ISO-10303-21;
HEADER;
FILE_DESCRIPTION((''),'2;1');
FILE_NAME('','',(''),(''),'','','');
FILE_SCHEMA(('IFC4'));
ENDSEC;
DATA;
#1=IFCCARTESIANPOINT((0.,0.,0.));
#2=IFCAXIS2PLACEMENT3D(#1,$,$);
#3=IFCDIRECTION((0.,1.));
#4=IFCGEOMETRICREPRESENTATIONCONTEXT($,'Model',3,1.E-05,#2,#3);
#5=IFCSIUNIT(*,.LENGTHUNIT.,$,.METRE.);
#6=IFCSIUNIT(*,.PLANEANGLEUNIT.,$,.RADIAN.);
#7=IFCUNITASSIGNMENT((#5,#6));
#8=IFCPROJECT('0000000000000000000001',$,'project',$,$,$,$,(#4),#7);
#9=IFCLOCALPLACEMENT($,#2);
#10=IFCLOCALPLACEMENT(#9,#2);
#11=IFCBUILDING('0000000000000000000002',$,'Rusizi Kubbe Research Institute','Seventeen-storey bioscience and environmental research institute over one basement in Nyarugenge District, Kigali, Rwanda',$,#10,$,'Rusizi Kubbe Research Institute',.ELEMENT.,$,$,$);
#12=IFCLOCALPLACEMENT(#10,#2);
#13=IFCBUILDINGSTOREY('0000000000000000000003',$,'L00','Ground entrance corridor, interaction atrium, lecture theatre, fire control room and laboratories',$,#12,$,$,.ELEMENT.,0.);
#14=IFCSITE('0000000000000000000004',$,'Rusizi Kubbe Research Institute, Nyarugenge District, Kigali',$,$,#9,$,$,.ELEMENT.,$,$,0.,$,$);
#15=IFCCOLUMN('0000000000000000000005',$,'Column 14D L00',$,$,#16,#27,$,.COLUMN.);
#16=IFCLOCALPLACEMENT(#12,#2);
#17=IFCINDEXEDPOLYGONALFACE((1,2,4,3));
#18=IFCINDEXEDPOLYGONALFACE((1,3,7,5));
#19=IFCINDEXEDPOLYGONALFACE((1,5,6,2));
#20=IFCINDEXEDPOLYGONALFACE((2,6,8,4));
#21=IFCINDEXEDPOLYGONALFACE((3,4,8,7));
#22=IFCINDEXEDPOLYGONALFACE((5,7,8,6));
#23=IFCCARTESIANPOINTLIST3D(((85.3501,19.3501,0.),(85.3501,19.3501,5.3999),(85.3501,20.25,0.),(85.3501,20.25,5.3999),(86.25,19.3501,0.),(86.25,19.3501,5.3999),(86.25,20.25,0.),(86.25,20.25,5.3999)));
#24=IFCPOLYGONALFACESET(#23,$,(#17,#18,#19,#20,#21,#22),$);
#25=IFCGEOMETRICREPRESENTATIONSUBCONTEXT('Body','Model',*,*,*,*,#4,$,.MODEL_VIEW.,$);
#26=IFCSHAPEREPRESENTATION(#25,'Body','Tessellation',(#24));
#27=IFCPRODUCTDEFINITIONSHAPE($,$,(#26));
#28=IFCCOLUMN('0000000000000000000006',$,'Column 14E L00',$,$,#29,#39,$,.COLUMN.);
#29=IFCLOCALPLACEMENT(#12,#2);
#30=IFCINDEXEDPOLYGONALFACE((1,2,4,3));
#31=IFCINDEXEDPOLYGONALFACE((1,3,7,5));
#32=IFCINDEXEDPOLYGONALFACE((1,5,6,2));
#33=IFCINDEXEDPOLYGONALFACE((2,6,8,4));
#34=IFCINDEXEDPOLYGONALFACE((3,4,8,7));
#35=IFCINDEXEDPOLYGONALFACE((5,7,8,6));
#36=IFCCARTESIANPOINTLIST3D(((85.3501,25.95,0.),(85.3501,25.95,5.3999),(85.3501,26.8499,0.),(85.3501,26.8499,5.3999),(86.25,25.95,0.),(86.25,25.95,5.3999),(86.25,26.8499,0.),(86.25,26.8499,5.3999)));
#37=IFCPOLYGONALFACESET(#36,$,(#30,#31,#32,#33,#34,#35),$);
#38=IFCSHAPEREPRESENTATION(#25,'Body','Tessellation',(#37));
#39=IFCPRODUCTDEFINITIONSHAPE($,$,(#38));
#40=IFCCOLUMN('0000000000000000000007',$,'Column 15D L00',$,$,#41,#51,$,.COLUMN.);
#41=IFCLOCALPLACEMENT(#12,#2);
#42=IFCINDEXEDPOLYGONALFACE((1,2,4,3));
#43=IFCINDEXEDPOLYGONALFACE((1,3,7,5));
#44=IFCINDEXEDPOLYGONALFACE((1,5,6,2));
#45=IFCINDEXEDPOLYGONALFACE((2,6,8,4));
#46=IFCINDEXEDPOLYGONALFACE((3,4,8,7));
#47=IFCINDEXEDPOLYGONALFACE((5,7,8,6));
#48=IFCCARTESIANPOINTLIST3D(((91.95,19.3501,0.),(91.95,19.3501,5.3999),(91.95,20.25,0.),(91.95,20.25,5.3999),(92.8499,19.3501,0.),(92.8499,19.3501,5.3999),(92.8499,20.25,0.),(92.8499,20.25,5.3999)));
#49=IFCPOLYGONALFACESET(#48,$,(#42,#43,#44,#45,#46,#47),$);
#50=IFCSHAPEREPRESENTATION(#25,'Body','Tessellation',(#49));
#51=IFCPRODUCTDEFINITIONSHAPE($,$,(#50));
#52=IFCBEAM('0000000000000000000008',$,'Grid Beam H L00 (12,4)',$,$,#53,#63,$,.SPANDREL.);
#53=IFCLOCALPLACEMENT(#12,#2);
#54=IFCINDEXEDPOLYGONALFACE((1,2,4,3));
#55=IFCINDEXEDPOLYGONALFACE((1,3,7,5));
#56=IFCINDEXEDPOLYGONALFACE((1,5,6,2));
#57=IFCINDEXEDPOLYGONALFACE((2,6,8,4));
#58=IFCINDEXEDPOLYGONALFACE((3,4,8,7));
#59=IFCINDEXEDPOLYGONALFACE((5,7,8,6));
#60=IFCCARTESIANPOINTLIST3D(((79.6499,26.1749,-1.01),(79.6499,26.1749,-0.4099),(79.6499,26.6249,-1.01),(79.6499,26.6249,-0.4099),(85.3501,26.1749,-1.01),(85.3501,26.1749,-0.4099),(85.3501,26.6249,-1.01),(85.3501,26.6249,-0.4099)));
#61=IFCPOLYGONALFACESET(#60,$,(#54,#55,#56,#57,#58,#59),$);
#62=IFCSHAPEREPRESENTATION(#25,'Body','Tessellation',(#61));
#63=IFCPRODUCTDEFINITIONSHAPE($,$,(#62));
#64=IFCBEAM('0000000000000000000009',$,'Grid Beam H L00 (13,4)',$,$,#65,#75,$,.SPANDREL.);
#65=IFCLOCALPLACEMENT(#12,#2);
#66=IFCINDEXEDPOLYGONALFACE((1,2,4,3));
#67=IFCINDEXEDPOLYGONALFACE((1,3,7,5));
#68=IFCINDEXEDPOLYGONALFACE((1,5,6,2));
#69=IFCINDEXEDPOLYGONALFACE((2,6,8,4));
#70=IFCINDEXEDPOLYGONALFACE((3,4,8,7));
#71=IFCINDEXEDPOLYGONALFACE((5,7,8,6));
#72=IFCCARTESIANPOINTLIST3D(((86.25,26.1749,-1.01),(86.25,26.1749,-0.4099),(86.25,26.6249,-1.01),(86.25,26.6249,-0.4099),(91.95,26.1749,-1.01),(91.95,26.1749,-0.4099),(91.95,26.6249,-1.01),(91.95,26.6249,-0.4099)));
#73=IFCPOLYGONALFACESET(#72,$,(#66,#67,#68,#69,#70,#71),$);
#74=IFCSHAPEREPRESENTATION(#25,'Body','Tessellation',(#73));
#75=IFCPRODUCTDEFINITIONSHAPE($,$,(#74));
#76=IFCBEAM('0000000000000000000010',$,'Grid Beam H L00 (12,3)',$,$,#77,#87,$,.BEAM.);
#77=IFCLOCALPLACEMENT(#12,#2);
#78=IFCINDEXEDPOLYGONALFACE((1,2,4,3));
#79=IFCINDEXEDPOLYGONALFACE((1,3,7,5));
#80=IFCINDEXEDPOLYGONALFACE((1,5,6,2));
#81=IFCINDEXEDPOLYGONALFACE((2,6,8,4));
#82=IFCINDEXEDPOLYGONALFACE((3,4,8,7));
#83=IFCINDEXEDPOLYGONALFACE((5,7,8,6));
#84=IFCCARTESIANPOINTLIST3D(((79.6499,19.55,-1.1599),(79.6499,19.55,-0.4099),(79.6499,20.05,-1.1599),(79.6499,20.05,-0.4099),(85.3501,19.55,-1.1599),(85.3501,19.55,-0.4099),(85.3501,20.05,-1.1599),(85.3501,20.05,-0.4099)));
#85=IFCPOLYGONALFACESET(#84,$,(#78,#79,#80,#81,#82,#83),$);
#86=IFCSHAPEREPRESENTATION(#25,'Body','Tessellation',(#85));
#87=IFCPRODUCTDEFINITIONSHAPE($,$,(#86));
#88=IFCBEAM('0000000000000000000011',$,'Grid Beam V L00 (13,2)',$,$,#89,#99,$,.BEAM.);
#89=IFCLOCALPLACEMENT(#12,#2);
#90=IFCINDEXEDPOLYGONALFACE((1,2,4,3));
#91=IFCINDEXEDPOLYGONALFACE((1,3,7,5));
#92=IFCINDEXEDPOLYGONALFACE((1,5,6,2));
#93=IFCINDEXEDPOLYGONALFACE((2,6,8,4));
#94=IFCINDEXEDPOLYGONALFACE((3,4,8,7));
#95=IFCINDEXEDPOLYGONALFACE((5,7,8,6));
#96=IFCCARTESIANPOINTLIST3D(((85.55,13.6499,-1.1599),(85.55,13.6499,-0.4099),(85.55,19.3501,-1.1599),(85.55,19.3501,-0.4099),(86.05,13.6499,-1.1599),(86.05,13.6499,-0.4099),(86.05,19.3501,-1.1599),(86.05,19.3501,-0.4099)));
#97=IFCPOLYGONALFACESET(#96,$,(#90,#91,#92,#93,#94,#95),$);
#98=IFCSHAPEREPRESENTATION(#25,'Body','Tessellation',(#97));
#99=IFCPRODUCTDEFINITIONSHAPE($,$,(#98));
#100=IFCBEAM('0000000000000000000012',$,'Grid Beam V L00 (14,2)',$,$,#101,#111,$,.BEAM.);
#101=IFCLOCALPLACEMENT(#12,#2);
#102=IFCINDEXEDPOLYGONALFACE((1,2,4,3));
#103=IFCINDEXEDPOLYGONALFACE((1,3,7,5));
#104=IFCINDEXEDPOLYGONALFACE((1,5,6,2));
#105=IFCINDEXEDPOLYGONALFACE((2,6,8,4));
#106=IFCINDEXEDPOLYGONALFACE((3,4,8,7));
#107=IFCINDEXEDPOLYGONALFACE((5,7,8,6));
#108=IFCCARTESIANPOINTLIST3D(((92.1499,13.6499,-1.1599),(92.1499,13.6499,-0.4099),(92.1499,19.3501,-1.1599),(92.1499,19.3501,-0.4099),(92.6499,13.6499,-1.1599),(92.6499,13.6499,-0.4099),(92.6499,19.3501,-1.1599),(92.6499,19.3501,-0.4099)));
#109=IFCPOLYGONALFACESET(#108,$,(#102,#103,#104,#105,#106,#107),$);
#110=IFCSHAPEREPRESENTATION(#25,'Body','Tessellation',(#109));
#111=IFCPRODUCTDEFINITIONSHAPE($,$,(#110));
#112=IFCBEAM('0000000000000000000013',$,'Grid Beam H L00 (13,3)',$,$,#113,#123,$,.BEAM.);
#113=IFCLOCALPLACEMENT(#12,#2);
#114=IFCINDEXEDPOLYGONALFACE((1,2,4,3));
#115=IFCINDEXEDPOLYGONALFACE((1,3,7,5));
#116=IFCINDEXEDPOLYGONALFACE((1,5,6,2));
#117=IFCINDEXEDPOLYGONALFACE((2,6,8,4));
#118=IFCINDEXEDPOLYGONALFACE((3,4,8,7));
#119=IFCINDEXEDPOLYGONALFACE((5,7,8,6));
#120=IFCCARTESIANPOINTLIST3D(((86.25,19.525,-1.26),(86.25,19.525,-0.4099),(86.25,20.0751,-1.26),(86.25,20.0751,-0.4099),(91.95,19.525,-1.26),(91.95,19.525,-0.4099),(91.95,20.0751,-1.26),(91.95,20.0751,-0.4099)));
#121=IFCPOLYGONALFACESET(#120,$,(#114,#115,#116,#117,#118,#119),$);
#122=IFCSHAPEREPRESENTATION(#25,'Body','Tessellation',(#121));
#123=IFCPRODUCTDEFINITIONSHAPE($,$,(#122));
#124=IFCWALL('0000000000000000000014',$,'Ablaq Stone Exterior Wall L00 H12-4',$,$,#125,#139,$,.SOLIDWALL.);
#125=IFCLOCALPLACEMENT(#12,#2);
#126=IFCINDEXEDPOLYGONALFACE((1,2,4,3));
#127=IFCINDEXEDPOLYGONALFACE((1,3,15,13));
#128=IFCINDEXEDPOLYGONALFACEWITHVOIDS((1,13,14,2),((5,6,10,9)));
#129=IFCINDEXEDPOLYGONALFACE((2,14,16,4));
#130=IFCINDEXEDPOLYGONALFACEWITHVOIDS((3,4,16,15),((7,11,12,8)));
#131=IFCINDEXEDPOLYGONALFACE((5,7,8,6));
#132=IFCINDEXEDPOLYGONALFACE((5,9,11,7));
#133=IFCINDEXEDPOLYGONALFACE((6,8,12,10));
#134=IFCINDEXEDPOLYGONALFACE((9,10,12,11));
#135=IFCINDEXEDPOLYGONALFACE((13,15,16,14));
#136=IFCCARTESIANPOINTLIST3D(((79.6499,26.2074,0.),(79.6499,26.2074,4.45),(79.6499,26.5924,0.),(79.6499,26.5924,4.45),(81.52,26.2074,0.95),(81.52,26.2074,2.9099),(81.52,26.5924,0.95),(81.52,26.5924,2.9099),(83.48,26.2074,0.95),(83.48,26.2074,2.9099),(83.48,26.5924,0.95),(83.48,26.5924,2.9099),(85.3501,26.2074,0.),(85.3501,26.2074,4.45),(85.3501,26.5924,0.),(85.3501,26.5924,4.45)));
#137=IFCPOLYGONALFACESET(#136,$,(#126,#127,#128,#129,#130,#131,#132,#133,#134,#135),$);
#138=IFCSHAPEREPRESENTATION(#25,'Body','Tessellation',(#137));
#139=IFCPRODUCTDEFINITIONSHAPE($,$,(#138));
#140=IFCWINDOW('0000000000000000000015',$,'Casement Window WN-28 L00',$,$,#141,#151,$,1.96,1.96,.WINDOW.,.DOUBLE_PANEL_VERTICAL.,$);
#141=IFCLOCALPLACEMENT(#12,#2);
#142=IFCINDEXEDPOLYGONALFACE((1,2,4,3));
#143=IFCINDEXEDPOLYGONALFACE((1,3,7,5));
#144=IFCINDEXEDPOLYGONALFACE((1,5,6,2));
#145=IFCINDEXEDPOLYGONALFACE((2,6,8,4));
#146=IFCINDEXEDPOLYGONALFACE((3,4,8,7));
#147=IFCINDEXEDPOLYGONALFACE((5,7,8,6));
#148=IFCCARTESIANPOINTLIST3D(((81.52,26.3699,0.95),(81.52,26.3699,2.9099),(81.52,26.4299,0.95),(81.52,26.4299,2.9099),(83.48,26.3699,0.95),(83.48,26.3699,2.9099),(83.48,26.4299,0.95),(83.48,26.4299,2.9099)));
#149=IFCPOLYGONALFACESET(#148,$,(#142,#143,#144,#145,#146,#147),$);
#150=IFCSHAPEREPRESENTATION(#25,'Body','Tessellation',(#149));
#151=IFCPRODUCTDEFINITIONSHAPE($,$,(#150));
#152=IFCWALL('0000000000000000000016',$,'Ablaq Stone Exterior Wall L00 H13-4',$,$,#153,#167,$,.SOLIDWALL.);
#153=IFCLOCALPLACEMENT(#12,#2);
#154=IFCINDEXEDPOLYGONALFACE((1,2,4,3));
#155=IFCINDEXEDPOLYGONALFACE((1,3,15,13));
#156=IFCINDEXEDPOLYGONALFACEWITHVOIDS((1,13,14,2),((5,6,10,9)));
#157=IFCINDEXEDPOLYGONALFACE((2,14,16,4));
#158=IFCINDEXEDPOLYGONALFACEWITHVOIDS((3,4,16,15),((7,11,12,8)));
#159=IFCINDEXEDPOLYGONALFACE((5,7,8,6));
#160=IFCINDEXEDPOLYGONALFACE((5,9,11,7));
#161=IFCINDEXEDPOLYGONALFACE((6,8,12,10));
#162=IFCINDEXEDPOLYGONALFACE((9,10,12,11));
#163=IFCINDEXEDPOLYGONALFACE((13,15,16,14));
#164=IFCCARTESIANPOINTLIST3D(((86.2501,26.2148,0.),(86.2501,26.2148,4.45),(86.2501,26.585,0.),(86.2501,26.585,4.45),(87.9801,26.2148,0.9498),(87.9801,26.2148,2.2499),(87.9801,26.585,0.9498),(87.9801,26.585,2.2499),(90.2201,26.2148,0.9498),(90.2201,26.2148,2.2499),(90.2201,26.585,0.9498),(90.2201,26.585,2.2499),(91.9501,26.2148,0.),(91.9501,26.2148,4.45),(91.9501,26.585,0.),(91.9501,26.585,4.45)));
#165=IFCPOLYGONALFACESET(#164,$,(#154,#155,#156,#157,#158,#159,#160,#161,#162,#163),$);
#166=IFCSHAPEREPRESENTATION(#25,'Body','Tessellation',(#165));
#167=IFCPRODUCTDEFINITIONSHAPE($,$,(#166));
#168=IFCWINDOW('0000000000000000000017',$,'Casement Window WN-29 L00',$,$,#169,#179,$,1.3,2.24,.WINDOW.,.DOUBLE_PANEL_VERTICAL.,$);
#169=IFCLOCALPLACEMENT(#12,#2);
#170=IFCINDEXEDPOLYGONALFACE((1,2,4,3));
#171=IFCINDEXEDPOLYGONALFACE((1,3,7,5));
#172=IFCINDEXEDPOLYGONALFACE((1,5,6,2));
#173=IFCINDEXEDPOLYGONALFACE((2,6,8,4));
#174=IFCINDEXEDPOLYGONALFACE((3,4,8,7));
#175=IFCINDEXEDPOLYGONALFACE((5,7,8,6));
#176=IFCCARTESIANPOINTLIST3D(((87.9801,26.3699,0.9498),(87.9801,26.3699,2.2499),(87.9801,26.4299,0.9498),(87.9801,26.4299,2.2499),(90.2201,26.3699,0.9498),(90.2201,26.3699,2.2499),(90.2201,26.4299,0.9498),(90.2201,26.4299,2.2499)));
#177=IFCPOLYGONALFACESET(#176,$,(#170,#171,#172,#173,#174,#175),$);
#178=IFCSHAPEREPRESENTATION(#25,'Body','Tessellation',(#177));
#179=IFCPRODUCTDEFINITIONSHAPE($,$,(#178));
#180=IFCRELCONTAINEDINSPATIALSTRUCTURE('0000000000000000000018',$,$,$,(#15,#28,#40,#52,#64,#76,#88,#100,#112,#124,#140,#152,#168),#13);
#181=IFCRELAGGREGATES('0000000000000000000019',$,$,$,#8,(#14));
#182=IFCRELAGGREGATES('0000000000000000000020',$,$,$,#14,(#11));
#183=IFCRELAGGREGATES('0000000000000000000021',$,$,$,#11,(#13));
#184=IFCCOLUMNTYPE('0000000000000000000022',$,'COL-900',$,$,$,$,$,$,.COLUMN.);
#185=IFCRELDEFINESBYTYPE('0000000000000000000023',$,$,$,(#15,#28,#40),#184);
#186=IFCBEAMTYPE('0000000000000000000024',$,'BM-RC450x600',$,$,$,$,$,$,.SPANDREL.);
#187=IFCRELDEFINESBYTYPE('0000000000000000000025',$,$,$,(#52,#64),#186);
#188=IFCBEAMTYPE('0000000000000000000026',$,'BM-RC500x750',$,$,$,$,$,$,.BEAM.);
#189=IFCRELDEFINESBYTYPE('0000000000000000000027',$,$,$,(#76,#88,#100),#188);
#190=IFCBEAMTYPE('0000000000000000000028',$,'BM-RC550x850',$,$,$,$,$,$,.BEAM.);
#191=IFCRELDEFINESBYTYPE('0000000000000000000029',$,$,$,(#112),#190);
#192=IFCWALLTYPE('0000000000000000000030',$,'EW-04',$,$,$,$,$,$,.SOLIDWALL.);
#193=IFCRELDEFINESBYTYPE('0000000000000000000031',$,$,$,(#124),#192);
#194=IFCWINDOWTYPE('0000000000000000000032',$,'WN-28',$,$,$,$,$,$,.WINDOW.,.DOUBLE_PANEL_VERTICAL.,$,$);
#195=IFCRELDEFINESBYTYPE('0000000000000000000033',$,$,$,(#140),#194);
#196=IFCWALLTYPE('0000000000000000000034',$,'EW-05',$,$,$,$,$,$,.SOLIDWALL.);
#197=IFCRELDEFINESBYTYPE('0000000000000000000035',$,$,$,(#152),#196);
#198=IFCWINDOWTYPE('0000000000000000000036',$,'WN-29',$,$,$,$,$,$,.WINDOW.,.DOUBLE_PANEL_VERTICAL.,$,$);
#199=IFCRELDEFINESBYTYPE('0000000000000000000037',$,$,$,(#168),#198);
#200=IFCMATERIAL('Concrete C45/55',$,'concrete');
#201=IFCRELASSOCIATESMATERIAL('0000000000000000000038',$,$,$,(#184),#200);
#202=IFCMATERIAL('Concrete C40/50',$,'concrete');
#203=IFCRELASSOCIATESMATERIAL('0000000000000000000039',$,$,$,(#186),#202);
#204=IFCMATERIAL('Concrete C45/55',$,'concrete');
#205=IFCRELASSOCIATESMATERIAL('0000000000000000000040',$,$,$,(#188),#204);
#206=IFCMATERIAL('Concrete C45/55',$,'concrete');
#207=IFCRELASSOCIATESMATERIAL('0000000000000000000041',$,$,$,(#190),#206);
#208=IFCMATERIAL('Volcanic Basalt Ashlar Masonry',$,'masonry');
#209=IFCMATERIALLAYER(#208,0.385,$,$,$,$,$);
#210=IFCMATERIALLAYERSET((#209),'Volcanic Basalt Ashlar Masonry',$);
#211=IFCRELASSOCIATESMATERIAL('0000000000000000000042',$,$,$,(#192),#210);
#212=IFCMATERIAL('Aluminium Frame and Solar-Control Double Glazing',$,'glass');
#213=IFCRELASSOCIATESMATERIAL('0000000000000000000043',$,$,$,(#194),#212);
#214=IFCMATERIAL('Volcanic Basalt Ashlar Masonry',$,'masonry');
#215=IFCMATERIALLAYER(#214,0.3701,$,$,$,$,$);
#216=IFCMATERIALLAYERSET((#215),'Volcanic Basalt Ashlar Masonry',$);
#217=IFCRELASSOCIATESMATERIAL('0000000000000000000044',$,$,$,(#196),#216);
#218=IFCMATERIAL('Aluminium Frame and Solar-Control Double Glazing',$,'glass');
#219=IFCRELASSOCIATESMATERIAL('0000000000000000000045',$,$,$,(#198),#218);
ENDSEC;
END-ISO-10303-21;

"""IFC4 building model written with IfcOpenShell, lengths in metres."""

from ifc_helpers import new_model, si_unit, direction, frame, frame_2d, origin, origin_2d, place, context, subcontext, project, spatial, rectangle, extrude, material, layer, layer_set, material_profile, profile_set, type_object, element, fill, save


model = new_model("IFC4")

# Units and contexts
model_context = context("Model", 3, precision=1e-05, world=origin(), true_north=direction((0.0, 1.0)))
body_context = subcontext(model_context, "Body", "Model", "MODEL_VIEW")
ifc_project = project(units=[si_unit("LENGTHUNIT", "METRE"), si_unit("PLANEANGLEUNIT", "RADIAN")], contexts=[model_context])

# Site, building, storey
site_placement = place(None, origin())
site = spatial("IfcSite", under=ifc_project, at=site_placement, Name="Rusizi Kubbe Research Institute, Nyarugenge District, Kigali", CompositionType="ELEMENT", RefElevation=0.0)
building_placement = place(site_placement, origin())
building = spatial("IfcBuilding", under=site, at=building_placement, Name="Rusizi Kubbe Research Institute", Description="Seventeen-storey bioscience and environmental research institute over one basement in Nyarugenge District, Kigali, Rwanda", LongName="Rusizi Kubbe Research Institute", CompositionType="ELEMENT")
storey_placement = place(building_placement, origin())
storey = spatial("IfcBuildingStorey", under=building, at=storey_placement, Name="L00", Description="Ground entrance corridor, interaction atrium, lecture theatre, fire control room and laboratories", CompositionType="ELEMENT", Elevation=0.0)

# Columns
ifc_material_1 = material(Name="Concrete C45/55", Category="concrete")
ifc_material_profile_1 = material_profile(ifc_material_1, rectangle(XDim=0.8999, YDim=0.8999, at=origin_2d()), Name="RC900x900")
ifc_profile_set_1 = profile_set([ifc_material_profile_1], Name="Concrete C45/55")
column_type = type_object("IfcColumnType", Name="COL-900", PredefinedType="COLUMN", material=ifc_profile_set_1)
for number, where, z_axis, x_axis, name in (
    (1, (85.8, 19.8, 0.0), (0.0, 0.0, 1.0), (1.0, 0.0, 0.0), "Column 14D L00"),
    (2, (85.8, 26.3999, 0.0), (0.0, 0.0, 1.0), (1.0, 0.0, 0.0), "Column 14E L00"),
    (3, (92.3999, 19.8, 0.0), (0.0, 0.0, 1.0), (1.0, 0.0, 0.0), "Column 15D L00"),
):
    element("IfcColumn", number, at=place(storey_placement, frame(where, z_axis=z_axis, x_axis=x_axis)), inside=storey, type_object=column_type, Name=name, PredefinedType="COLUMN", context=body_context, shape_type="SweptSolid", body=[
        extrude(rectangle(XDim=0.8999, YDim=0.8999, at=origin_2d()), origin(), (0.0, 0.0, 1.0), 5.3999),
    ])

# Beams
ifc_material_2 = material(Name="Concrete C40/50", Category="concrete")
ifc_material_profile_2 = material_profile(ifc_material_2, rectangle(XDim=0.45, YDim=0.6001, at=origin_2d()), Name="RC450x600")
ifc_profile_set_2 = profile_set([ifc_material_profile_2], Name="Concrete C40/50")
beam_type_1 = type_object("IfcBeamType", Name="BM-RC450x600", PredefinedType="SPANDREL", material=ifc_profile_set_2)
beam_1_placement = place(storey_placement, frame((79.6499, 26.3999, -0.71), z_axis=(1.0, 0.0, 0.0), x_axis=(0.0, 1.0, 0.0)))
element("IfcBeam", 4, at=beam_1_placement, inside=storey, type_object=beam_type_1, Name="Grid Beam H L00 (12,4)", PredefinedType="SPANDREL", context=body_context, shape_type="SweptSolid", body=[
    extrude(rectangle(XDim=0.45, YDim=0.6001, at=origin_2d()), origin(), (0.0, 0.0, 1.0), 5.7002),
])
beam_2_placement = place(storey_placement, frame((86.25, 26.3999, -0.71), z_axis=(1.0, 0.0, 0.0), x_axis=(0.0, 1.0, 0.0)))
element("IfcBeam", 5, at=beam_2_placement, inside=storey, type_object=beam_type_1, Name="Grid Beam H L00 (13,4)", PredefinedType="SPANDREL", context=body_context, shape_type="SweptSolid", body=[
    extrude(rectangle(XDim=0.45, YDim=0.6001, at=origin_2d()), origin(), (0.0, 0.0, 1.0), 5.7),
])
ifc_material_3 = material(Name="Concrete C45/55", Category="concrete")
ifc_material_profile_3 = material_profile(ifc_material_3, rectangle(XDim=0.5, YDim=0.75, at=origin_2d()), Name="RC500x750B")
ifc_profile_set_3 = profile_set([ifc_material_profile_3], Name="Concrete C45/55")
beam_type_2 = type_object("IfcBeamType", Name="BM-RC500x750", PredefinedType="BEAM", material=ifc_profile_set_3)
for number, where, z_axis, x_axis, name in (
    (6, (79.6499, 19.8, -0.7849), (1.0, 0.0, 0.0), (0.0, 1.0, 0.0), "Grid Beam H L00 (12,3)"),
    (7, (85.8, 13.6499, -0.7849), (0.0, 1.0, 0.0), (-1.0, 0.0, 0.0), "Grid Beam V L00 (13,2)"),
    (8, (92.3999, 13.6499, -0.7849), (0.0, 1.0, 0.0), (-1.0, 0.0, 0.0), "Grid Beam V L00 (14,2)"),
):
    element("IfcBeam", number, at=place(storey_placement, frame(where, z_axis=z_axis, x_axis=x_axis)), inside=storey, type_object=beam_type_2, Name=name, PredefinedType="BEAM", context=body_context, shape_type="SweptSolid", body=[
        extrude(rectangle(XDim=0.5, YDim=0.75, at=origin_2d()), origin(), (0.0, 0.0, 1.0), 5.7002),
    ])
ifc_material_4 = material(Name="Concrete C45/55", Category="concrete")
ifc_material_profile_4 = material_profile(ifc_material_4, rectangle(XDim=0.55, YDim=0.8501, at=origin_2d()), Name="RC550x850")
ifc_profile_set_4 = profile_set([ifc_material_profile_4], Name="Concrete C45/55")
beam_type_3 = type_object("IfcBeamType", Name="BM-RC550x850", PredefinedType="BEAM", material=ifc_profile_set_4)
beam_3_placement = place(storey_placement, frame((86.25, 19.8, -0.835), z_axis=(1.0, 0.0, 0.0), x_axis=(0.0, 1.0, 0.0)))
element("IfcBeam", 9, at=beam_3_placement, inside=storey, type_object=beam_type_3, Name="Grid Beam H L00 (13,3)", PredefinedType="BEAM", context=body_context, shape_type="SweptSolid", body=[
    extrude(rectangle(XDim=0.55, YDim=0.8501, at=origin_2d()), origin(), (0.0, 0.0, 1.0), 5.7),
])

# Walls, openings, windows
ifc_material_5 = material(Name="Volcanic Basalt Ashlar Masonry", Category="masonry")
ifc_layer_1 = layer(ifc_material_5, 0.385)
ifc_layer_set_1 = layer_set([ifc_layer_1], Name="Volcanic Basalt Ashlar Masonry")
wall_type_1 = type_object("IfcWallType", Name="EW-04", PredefinedType="SOLIDWALL", material=ifc_layer_set_1)
wall_1_placement = place(storey_placement, frame((79.6499, 26.3999, 0.0), z_axis=(0.0, 0.0, 1.0), x_axis=(1.0, 0.0, 0.0)))
wall_1 = element("IfcWall", 10, at=wall_1_placement, inside=storey, type_object=wall_type_1, Name="Ablaq Stone Exterior Wall L00 H12-4", PredefinedType="SOLIDWALL", context=body_context, shape_type="SweptSolid", body=[
    extrude(rectangle(XDim=5.7002, YDim=0.385, at=frame_2d((2.8501, 0.0))), origin(), (0.0, 0.0, 1.0), 4.45),
])
opening_1_placement = place(wall_1_placement, frame((1.8701, 0.0, 0.95)))
opening_1 = element("IfcOpeningElement", 11, at=opening_1_placement, cuts=wall_1, PredefinedType="OPENING", context=body_context, shape_type="SweptSolid", body=[
    extrude(rectangle(XDim=1.96, YDim=1.96, at=frame_2d((0.98, 0.98))), frame((0.0, 0.2024, 0.0), z_axis=(0.0, -1.0, 0.0), x_axis=(1.0, 0.0, 0.0)), (0.0, 0.0, 1.0), 0.405),
])
ifc_material_6 = material(Name="Aluminium Frame and Solar-Control Double Glazing", Category="glass")
window_type_1 = type_object("IfcWindowType", Name="WN-28", PartitioningType="DOUBLE_PANEL_VERTICAL", PredefinedType="WINDOW", material=ifc_material_6)
window_1_placement = place(opening_1_placement, origin())
window_1 = element("IfcWindow", 12, at=window_1_placement, inside=storey, type_object=window_type_1, Name="Casement Window WN-28 L00", OverallHeight=1.96, OverallWidth=1.96, PartitioningType="DOUBLE_PANEL_VERTICAL", PredefinedType="WINDOW", context=body_context, shape_type="SweptSolid", body=[
    extrude(rectangle(XDim=1.96, YDim=1.96, at=frame_2d((0.98, 0.98))), frame((0.0, 0.03, 0.0), z_axis=(0.0, -1.0, 0.0), x_axis=(1.0, 0.0, 0.0)), (0.0, 0.0, 1.0), 0.0601),
])
fill(opening_1, window_1)
ifc_material_7 = material(Name="Volcanic Basalt Ashlar Masonry", Category="masonry")
ifc_layer_2 = layer(ifc_material_7, 0.3701)
ifc_layer_set_2 = layer_set([ifc_layer_2], Name="Volcanic Basalt Ashlar Masonry")
wall_type_2 = type_object("IfcWallType", Name="EW-05", PredefinedType="SOLIDWALL", material=ifc_layer_set_2)
wall_2_placement = place(storey_placement, frame((86.25, 26.3999, 0.0), z_axis=(0.0, 0.0, 1.0), x_axis=(1.0, 0.0, 0.0)))
wall_2 = element("IfcWall", 13, at=wall_2_placement, inside=storey, type_object=wall_type_2, Name="Ablaq Stone Exterior Wall L00 H13-4", PredefinedType="SOLIDWALL", context=body_context, shape_type="SweptSolid", body=[
    extrude(rectangle(XDim=5.7, YDim=0.3701, at=frame_2d((2.8501, 0.0))), origin(), (0.0, 0.0, 1.0), 4.45),
])
opening_2_placement = place(wall_2_placement, frame((1.73, 0.0, 0.95)))
opening_2 = element("IfcOpeningElement", 14, at=opening_2_placement, cuts=wall_2, PredefinedType="OPENING", context=body_context, shape_type="SweptSolid", body=[
    extrude(rectangle(XDim=2.24, YDim=1.3, at=frame_2d((1.1201, 0.6499))), frame((0.0, 0.1951, 0.0), z_axis=(0.0, -1.0, 0.0), x_axis=(1.0, 0.0, 0.0)), (0.0, 0.0, 1.0), 0.3901),
])
ifc_material_8 = material(Name="Aluminium Frame and Solar-Control Double Glazing", Category="glass")
window_type_2 = type_object("IfcWindowType", Name="WN-29", PartitioningType="DOUBLE_PANEL_VERTICAL", PredefinedType="WINDOW", material=ifc_material_8)
window_2_placement = place(opening_2_placement, origin())
window_2 = element("IfcWindow", 15, at=window_2_placement, inside=storey, type_object=window_type_2, Name="Casement Window WN-29 L00", OverallHeight=1.3, OverallWidth=2.24, PartitioningType="DOUBLE_PANEL_VERTICAL", PredefinedType="WINDOW", context=body_context, shape_type="SweptSolid", body=[
    extrude(rectangle(XDim=2.24, YDim=1.3, at=frame_2d((1.1201, 0.6499))), frame((0.0, 0.03, 0.0), z_axis=(0.0, -1.0, 0.0), x_axis=(1.0, 0.0, 0.0)), (0.0, 0.0, 1.0), 0.0601),
])
fill(opening_2, window_2)

save(model, "model.ifc")
